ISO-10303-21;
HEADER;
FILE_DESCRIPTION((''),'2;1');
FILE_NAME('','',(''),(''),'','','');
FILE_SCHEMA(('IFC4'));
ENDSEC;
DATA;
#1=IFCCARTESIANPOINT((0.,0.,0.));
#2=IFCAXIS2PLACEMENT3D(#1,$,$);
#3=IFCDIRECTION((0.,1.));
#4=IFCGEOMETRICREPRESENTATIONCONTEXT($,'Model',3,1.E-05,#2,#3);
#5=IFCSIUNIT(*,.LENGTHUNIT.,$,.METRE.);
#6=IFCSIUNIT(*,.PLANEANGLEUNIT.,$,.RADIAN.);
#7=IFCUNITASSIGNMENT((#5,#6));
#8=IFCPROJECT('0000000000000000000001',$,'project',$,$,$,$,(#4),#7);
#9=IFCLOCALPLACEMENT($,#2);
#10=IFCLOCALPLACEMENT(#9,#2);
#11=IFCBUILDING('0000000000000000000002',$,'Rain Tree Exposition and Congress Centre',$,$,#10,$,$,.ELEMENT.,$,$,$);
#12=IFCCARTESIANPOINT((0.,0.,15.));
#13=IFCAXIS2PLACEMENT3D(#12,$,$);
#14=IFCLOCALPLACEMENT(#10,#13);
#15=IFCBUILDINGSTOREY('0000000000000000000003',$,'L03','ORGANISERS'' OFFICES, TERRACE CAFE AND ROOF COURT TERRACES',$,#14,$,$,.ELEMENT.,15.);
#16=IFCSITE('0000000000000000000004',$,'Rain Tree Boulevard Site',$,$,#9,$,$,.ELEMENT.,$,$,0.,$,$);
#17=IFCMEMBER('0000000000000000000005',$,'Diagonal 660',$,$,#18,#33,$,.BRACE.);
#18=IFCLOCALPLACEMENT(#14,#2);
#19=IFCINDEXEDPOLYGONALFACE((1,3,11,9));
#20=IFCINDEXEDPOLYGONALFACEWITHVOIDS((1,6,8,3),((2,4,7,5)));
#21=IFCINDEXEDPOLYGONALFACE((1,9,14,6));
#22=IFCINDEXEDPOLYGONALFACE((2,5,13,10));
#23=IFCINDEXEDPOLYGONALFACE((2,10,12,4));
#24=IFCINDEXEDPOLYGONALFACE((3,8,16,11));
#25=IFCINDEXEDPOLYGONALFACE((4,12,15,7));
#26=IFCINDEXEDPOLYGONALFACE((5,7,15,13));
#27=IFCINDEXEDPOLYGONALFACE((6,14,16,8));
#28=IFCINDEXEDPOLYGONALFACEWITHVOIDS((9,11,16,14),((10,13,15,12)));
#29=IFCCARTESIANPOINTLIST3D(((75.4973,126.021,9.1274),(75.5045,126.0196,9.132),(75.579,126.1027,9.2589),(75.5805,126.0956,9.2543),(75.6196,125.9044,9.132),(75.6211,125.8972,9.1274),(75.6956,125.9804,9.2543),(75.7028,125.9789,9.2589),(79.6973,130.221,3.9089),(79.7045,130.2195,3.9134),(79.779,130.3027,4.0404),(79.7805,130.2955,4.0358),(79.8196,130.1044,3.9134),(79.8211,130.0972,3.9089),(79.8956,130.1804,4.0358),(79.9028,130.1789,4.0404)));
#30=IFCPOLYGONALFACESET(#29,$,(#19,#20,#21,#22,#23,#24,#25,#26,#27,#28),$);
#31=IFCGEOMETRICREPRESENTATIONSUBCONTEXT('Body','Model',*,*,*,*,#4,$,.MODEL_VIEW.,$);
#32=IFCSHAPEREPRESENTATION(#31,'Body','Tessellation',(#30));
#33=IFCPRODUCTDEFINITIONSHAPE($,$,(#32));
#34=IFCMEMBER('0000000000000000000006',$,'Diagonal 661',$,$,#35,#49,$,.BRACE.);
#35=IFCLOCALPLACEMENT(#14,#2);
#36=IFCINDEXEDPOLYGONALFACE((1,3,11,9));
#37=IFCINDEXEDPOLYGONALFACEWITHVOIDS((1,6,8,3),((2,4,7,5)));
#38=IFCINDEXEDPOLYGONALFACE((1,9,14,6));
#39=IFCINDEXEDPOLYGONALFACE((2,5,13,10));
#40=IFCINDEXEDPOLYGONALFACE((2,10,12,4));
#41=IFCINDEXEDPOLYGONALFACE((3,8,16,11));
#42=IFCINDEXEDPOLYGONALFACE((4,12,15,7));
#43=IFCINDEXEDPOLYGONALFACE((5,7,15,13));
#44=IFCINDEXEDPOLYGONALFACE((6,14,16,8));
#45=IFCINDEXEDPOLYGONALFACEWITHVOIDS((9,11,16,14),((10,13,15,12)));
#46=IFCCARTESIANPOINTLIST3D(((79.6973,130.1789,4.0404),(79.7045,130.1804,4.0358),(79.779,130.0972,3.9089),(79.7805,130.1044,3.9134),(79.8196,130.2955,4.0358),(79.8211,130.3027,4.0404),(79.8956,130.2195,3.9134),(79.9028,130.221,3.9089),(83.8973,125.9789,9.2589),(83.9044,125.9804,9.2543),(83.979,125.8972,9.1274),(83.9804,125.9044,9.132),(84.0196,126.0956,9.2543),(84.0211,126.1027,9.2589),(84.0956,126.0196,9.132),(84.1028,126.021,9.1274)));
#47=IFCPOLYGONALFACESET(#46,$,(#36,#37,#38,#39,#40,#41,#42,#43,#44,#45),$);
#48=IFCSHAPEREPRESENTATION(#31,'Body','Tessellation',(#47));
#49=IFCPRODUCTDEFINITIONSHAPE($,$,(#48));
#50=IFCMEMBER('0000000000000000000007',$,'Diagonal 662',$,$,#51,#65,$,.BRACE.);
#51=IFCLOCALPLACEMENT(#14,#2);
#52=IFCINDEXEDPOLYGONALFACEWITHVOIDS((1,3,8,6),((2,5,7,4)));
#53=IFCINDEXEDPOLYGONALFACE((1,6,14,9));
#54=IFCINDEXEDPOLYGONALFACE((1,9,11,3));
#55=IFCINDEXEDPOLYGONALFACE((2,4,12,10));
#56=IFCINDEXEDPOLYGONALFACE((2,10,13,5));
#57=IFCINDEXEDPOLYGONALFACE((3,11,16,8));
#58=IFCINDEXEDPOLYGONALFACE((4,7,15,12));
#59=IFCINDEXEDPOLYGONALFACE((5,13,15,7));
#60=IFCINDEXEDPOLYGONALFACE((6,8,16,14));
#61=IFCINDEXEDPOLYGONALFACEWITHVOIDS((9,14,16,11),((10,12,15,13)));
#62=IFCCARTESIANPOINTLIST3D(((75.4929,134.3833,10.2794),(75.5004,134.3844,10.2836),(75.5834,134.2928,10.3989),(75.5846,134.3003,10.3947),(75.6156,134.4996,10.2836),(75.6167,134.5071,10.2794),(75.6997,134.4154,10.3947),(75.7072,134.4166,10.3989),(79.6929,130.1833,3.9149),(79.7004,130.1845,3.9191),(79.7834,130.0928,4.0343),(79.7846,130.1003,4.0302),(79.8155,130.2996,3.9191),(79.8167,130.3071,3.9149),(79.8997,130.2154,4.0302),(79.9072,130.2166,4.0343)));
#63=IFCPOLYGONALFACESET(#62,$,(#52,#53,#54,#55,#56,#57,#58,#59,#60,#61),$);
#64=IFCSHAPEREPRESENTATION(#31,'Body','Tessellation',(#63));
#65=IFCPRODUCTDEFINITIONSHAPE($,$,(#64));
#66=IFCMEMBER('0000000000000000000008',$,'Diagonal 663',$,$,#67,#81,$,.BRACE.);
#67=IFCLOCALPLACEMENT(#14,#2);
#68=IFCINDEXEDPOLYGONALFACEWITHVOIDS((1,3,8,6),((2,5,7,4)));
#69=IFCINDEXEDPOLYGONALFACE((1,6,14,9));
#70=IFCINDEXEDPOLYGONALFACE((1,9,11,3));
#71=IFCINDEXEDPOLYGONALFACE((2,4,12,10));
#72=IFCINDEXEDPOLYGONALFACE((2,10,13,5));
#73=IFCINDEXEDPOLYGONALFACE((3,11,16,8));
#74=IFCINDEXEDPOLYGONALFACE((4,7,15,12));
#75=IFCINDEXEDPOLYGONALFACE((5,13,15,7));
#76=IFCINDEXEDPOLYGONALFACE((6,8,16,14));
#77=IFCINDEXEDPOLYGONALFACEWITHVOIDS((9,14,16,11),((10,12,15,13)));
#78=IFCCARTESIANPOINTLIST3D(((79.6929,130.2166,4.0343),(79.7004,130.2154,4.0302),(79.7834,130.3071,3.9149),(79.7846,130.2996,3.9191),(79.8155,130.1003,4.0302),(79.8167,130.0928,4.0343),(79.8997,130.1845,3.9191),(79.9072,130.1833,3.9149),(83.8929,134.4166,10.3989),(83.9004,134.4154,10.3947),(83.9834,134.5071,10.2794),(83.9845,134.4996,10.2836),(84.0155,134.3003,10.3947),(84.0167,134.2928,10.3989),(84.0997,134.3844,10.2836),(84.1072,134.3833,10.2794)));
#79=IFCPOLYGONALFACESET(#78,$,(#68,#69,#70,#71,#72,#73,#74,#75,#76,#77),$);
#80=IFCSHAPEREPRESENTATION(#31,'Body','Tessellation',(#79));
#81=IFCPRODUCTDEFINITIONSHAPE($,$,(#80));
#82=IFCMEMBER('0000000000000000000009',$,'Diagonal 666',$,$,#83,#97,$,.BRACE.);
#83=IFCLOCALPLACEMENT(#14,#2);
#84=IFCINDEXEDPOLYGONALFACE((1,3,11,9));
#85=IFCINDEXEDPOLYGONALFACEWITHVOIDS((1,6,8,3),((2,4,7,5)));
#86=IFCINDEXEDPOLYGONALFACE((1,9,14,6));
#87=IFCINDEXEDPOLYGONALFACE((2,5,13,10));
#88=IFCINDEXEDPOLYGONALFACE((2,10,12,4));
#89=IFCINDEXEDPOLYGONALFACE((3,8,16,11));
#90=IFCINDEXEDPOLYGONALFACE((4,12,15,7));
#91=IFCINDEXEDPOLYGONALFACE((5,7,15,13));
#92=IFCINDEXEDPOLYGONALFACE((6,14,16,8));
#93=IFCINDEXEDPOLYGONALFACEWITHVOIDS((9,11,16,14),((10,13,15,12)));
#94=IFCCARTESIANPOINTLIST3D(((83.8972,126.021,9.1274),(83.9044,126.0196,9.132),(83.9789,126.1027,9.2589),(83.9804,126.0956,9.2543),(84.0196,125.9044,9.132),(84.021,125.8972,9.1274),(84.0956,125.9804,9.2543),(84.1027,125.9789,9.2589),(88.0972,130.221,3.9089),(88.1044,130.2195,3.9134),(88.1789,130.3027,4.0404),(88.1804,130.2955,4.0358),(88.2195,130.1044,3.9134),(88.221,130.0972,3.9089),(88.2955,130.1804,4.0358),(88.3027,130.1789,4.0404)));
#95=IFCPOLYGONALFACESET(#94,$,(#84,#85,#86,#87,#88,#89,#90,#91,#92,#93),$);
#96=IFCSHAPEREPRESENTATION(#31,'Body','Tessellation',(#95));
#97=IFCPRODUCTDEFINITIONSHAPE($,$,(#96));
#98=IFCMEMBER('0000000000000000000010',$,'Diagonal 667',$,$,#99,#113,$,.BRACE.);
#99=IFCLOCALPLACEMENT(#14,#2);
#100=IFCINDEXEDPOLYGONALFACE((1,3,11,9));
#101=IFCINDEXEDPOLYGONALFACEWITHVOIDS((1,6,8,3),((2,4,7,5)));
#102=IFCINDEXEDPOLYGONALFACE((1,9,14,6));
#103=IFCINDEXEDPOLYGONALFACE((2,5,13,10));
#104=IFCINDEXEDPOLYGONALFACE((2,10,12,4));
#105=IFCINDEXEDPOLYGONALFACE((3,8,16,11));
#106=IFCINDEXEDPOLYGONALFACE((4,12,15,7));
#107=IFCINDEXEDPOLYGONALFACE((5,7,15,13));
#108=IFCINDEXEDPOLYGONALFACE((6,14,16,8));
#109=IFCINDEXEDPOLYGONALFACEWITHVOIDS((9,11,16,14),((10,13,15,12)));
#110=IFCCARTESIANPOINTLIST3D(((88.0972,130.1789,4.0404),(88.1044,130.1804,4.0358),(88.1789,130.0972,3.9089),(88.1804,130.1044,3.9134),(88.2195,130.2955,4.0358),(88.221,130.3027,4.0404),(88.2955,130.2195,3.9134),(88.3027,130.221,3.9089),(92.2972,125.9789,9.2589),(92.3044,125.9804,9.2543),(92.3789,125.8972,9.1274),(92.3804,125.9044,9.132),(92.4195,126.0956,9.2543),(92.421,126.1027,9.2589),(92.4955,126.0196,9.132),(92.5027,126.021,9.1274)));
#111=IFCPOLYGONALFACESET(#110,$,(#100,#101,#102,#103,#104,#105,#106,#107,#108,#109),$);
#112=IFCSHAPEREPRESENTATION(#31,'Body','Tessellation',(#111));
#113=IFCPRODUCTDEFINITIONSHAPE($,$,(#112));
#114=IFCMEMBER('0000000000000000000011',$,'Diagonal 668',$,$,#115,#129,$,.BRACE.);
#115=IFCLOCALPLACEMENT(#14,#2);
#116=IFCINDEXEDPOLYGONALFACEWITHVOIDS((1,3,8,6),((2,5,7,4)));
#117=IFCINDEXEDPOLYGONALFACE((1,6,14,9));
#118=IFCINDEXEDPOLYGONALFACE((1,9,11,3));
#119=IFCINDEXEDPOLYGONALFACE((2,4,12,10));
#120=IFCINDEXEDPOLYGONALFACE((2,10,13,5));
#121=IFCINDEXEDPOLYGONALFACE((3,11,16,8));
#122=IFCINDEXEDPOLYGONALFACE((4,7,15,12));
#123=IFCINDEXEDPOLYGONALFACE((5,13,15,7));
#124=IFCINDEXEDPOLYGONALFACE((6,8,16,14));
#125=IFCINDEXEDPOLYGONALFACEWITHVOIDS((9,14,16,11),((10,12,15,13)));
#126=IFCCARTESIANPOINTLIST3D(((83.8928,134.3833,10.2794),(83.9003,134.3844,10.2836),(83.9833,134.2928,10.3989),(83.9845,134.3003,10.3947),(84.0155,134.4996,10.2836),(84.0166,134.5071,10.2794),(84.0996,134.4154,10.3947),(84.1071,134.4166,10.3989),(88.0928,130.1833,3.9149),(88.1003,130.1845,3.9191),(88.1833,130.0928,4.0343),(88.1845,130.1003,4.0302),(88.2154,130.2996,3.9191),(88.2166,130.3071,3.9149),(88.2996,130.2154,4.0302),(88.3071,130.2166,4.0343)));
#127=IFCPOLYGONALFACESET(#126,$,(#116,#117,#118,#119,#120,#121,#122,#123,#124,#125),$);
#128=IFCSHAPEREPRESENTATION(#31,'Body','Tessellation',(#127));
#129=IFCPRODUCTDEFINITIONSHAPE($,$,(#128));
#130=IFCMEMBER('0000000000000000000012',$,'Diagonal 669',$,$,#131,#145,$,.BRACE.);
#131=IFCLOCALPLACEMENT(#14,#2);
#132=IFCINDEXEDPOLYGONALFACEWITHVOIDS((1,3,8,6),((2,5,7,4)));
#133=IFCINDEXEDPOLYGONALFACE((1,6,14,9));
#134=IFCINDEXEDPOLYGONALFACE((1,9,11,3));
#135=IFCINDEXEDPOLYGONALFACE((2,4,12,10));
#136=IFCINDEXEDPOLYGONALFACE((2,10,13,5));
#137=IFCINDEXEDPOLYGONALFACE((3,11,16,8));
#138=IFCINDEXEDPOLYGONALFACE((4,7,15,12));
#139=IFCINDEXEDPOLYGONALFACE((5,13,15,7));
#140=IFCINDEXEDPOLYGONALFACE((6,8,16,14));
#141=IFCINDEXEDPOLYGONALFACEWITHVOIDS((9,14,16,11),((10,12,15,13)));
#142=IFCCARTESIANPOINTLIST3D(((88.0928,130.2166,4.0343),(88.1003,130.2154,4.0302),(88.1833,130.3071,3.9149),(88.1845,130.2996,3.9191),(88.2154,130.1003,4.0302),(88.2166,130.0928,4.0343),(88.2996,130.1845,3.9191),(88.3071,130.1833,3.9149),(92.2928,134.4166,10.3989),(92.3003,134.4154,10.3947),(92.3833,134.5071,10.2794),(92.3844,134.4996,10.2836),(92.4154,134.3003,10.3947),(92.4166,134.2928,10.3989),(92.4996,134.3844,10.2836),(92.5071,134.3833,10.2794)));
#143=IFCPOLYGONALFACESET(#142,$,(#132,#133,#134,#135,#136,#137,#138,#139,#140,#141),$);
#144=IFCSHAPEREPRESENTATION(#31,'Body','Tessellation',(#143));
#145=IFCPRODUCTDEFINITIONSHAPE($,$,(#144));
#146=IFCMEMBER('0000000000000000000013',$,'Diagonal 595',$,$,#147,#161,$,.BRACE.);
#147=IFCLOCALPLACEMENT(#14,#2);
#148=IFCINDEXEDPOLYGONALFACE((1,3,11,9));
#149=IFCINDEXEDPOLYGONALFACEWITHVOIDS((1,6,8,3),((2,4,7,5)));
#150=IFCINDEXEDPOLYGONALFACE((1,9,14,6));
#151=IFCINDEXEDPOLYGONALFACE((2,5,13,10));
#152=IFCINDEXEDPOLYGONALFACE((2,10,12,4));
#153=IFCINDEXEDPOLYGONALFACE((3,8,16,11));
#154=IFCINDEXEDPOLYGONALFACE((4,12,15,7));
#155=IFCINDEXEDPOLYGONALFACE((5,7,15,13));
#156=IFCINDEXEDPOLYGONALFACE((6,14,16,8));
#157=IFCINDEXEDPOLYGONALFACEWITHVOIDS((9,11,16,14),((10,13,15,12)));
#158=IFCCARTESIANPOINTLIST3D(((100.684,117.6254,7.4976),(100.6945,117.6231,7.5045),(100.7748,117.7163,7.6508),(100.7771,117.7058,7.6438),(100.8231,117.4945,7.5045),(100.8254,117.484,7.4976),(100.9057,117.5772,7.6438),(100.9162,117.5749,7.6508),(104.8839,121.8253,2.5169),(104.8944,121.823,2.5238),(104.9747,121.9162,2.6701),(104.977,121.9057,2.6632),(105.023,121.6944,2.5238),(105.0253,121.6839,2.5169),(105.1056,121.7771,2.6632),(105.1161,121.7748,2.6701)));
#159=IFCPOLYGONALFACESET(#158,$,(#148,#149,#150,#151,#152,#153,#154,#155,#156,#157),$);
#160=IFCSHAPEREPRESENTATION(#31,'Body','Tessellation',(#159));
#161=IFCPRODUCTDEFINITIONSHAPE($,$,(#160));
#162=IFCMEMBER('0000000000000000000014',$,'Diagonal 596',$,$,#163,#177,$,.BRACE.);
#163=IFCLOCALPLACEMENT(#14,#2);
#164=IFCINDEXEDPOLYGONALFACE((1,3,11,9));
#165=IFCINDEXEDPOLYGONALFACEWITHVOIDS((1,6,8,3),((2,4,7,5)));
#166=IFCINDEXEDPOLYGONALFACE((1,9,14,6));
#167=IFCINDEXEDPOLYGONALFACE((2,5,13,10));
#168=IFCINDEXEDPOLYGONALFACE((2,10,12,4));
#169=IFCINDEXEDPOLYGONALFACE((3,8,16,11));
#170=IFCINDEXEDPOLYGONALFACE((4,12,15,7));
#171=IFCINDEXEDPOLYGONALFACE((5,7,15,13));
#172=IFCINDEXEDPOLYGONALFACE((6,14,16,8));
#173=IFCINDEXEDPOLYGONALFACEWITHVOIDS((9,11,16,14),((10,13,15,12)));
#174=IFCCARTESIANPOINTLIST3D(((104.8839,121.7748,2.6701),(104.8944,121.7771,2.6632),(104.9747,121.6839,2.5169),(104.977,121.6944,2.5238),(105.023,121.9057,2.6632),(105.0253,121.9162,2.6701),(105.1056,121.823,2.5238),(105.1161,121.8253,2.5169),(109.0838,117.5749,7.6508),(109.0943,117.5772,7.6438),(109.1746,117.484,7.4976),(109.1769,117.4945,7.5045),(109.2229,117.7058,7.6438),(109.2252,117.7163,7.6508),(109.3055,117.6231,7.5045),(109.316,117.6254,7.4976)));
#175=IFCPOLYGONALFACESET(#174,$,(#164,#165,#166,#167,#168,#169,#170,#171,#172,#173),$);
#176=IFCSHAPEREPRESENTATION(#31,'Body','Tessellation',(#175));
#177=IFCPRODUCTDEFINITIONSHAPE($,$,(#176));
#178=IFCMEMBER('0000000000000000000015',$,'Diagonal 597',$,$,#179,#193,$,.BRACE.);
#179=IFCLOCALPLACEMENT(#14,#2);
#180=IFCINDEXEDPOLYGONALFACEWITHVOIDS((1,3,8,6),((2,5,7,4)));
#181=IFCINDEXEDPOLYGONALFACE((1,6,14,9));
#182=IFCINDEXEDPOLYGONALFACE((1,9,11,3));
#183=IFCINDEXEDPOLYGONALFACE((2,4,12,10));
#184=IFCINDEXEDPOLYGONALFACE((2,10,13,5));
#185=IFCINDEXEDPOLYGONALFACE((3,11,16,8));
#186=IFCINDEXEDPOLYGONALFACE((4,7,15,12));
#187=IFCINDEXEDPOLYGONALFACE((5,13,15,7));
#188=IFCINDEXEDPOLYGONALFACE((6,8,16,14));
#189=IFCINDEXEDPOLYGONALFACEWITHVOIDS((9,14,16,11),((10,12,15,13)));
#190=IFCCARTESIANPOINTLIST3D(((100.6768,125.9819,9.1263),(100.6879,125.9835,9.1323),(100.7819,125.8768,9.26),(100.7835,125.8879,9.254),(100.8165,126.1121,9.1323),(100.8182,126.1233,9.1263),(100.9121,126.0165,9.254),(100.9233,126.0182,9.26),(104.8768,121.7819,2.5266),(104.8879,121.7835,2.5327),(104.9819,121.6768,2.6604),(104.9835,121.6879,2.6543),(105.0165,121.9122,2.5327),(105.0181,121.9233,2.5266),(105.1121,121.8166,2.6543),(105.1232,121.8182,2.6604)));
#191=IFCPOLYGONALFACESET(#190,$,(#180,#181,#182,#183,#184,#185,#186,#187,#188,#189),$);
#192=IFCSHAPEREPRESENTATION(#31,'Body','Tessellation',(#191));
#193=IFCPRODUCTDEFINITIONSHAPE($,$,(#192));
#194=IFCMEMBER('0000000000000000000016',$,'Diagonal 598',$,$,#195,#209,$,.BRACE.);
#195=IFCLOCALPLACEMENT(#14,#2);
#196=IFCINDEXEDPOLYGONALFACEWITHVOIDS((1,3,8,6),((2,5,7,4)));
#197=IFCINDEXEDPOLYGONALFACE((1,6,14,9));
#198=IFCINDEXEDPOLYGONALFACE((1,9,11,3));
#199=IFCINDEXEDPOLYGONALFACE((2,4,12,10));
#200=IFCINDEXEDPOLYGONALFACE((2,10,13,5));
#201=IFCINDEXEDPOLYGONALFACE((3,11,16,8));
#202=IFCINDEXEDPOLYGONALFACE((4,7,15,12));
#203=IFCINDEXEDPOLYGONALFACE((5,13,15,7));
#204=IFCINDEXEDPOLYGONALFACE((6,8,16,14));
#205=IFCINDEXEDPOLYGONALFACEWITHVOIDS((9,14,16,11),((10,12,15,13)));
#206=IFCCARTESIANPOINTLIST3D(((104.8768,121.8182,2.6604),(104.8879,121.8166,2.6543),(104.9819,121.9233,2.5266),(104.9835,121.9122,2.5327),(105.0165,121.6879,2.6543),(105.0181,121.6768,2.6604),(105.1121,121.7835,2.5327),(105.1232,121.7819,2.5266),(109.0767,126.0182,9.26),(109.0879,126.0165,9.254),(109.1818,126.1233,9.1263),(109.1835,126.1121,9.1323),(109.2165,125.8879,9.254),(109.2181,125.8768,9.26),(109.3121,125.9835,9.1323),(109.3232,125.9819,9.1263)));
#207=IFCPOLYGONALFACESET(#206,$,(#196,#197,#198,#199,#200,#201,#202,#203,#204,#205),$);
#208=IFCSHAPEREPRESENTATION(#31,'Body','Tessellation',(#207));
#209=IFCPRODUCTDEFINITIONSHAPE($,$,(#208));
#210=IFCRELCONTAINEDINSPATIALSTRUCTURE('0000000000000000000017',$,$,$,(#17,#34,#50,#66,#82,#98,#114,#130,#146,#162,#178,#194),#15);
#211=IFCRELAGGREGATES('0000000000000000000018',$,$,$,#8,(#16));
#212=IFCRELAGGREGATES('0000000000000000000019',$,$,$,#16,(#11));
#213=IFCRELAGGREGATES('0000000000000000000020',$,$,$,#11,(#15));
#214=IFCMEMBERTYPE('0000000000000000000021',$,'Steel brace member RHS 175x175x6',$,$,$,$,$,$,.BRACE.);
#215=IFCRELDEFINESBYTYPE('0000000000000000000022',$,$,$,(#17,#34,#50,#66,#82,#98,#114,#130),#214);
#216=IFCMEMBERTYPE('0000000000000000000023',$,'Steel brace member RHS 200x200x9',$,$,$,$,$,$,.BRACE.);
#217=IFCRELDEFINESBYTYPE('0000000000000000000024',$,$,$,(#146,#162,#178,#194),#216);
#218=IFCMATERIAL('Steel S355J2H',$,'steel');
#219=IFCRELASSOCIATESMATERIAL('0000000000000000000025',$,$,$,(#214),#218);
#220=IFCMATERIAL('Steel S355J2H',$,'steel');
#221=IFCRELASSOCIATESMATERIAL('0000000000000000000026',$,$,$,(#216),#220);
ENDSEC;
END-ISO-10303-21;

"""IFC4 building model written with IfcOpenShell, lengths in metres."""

from ifc_helpers import new_model, si_unit, direction, frame, origin, origin_2d, place, context, subcontext, project, spatial, hollow_rectangle, extrude, material, material_profile, profile_set, type_object, element, save


model = new_model("IFC4")

# Units and contexts
model_context = context("Model", 3, precision=1e-05, world=origin(), true_north=direction((0.0, 1.0)))
body_context = subcontext(model_context, "Body", "Model", "MODEL_VIEW")
ifc_project = project(units=[si_unit("LENGTHUNIT", "METRE"), si_unit("PLANEANGLEUNIT", "RADIAN")], contexts=[model_context])

# Site, building, storey
site_placement = place(None, origin())
site = spatial("IfcSite", under=ifc_project, at=site_placement, Name="Rain Tree Boulevard Site", CompositionType="ELEMENT", RefElevation=0.0)
building_placement = place(site_placement, origin())
building = spatial("IfcBuilding", under=site, at=building_placement, Name="Rain Tree Exposition and Congress Centre", CompositionType="ELEMENT")
storey_placement = place(building_placement, frame((0.0, 0.0, 15.0)))
storey = spatial("IfcBuildingStorey", under=building, at=storey_placement, Name="L03", Description="ORGANISERS' OFFICES, TERRACE CAFE AND ROOF COURT TERRACES", CompositionType="ELEMENT", Elevation=15.0)

# Members
ifc_material_1 = material(Name="Steel S355J2H", Category="steel")
ifc_material_profile_1 = material_profile(ifc_material_1, hollow_rectangle(XDim=0.175, YDim=0.175, WallThickness=0.0061, at=origin_2d()), Name="RHS 175x175x6")
ifc_profile_set_1 = profile_set([ifc_material_profile_1], Name="Steel S355J2H")
member_type_1 = type_object("IfcMemberType", Name="Steel brace member RHS 175x175x6", PredefinedType="BRACE", material=ifc_profile_set_1)
for number, where, z_axis, x_axis, name in (
    (1, (79.8, 130.2, 3.9746), (-0.531206, -0.531206, 0.660031), (0.707107, -0.707107, 0.0), "Diagonal 660"),
    (2, (79.8, 130.2, 3.9746), (0.531206, -0.531206, 0.660031), (0.707107, 0.707107, 0.0), "Diagonal 661"),
):
    element("IfcMember", number, at=place(storey_placement, frame(where, z_axis=z_axis, x_axis=x_axis)), inside=storey, type_object=member_type_1, Name=name, PredefinedType="BRACE", context=body_context, shape_type="SweptSolid", body=[
        extrude(hollow_rectangle(XDim=0.175, YDim=0.175, WallThickness=0.0061, at=origin_2d()), origin(), (0.0, 0.0, 1.0), 7.9065),
    ])
for number, where, z_axis, x_axis, name in (
    (3, (79.8, 130.2, 3.9746), (-0.482447, 0.482447, 0.731088), (-0.707107, -0.707107, 0.0), "Diagonal 662"),
    (4, (79.8, 130.2, 3.9746), (0.482447, 0.482447, 0.731088), (-0.707107, 0.707107, 0.0), "Diagonal 663"),
):
    element("IfcMember", number, at=place(storey_placement, frame(where, z_axis=z_axis, x_axis=x_axis)), inside=storey, type_object=member_type_1, Name=name, PredefinedType="BRACE", context=body_context, shape_type="SweptSolid", body=[
        extrude(hollow_rectangle(XDim=0.175, YDim=0.175, WallThickness=0.0061, at=origin_2d()), origin(), (0.0, 0.0, 1.0), 8.7056),
    ])
for number, where, z_axis, x_axis, name in (
    (5, (88.2, 130.2, 3.9746), (-0.531206, -0.531206, 0.660031), (0.707107, -0.707107, 0.0), "Diagonal 666"),
    (6, (88.2, 130.2, 3.9746), (0.531206, -0.531206, 0.660031), (0.707107, 0.707107, 0.0), "Diagonal 667"),
):
    element("IfcMember", number, at=place(storey_placement, frame(where, z_axis=z_axis, x_axis=x_axis)), inside=storey, type_object=member_type_1, Name=name, PredefinedType="BRACE", context=body_context, shape_type="SweptSolid", body=[
        extrude(hollow_rectangle(XDim=0.175, YDim=0.175, WallThickness=0.0061, at=origin_2d()), origin(), (0.0, 0.0, 1.0), 7.9065),
    ])
for number, where, z_axis, x_axis, name in (
    (7, (88.2, 130.2, 3.9746), (-0.482447, 0.482447, 0.731088), (-0.707107, -0.707107, 0.0), "Diagonal 668"),
    (8, (88.2, 130.2, 3.9746), (0.482447, 0.482447, 0.731088), (-0.707107, 0.707107, 0.0), "Diagonal 669"),
):
    element("IfcMember", number, at=place(storey_placement, frame(where, z_axis=z_axis, x_axis=x_axis)), inside=storey, type_object=member_type_1, Name=name, PredefinedType="BRACE", context=body_context, shape_type="SweptSolid", body=[
        extrude(hollow_rectangle(XDim=0.175, YDim=0.175, WallThickness=0.0061, at=origin_2d()), origin(), (0.0, 0.0, 1.0), 8.7056),
    ])
ifc_material_2 = material(Name="Steel S355J2H", Category="steel")
ifc_material_profile_2 = material_profile(ifc_material_2, hollow_rectangle(XDim=0.2, YDim=0.2, WallThickness=0.009, at=origin_2d()), Name="RHS 200x200x9")
ifc_profile_set_2 = profile_set([ifc_material_profile_2], Name="Steel S355J2H")
member_type_2 = type_object("IfcMemberType", Name="Steel brace member RHS 200x200x9", PredefinedType="BRACE", material=ifc_profile_set_2)
for number, where, z_axis, x_axis, name in (
    (9, (105.0, 121.8, 2.5935), (-0.54182, -0.54182, 0.642543), (0.707107, -0.707107, 0.0), "Diagonal 595"),
    (10, (105.0, 121.8, 2.5935), (0.54182, -0.54182, 0.642543), (0.707107, 0.707107, 0.0), "Diagonal 596"),
):
    element("IfcMember", number, at=place(storey_placement, frame(where, z_axis=z_axis, x_axis=x_axis)), inside=storey, type_object=member_type_2, Name=name, PredefinedType="BRACE", context=body_context, shape_type="SweptSolid", body=[
        extrude(hollow_rectangle(XDim=0.2, YDim=0.2, WallThickness=0.009, at=origin_2d()), origin(), (0.0, 0.0, 1.0), 7.7515),
    ])
for number, where, z_axis, x_axis, name in (
    (11, (105.0, 121.8, 2.5935), (-0.473029, 0.473029, 0.743295), (-0.707107, -0.707107, 0.0), "Diagonal 597"),
    (12, (105.0, 121.8, 2.5935), (0.473029, 0.473029, 0.743295), (-0.707107, 0.707107, 0.0), "Diagonal 598"),
):
    element("IfcMember", number, at=place(storey_placement, frame(where, z_axis=z_axis, x_axis=x_axis)), inside=storey, type_object=member_type_2, Name=name, PredefinedType="BRACE", context=body_context, shape_type="SweptSolid", body=[
        extrude(hollow_rectangle(XDim=0.2, YDim=0.2, WallThickness=0.009, at=origin_2d()), origin(), (0.0, 0.0, 1.0), 8.8789),
    ])

save(model, "model.ifc")
